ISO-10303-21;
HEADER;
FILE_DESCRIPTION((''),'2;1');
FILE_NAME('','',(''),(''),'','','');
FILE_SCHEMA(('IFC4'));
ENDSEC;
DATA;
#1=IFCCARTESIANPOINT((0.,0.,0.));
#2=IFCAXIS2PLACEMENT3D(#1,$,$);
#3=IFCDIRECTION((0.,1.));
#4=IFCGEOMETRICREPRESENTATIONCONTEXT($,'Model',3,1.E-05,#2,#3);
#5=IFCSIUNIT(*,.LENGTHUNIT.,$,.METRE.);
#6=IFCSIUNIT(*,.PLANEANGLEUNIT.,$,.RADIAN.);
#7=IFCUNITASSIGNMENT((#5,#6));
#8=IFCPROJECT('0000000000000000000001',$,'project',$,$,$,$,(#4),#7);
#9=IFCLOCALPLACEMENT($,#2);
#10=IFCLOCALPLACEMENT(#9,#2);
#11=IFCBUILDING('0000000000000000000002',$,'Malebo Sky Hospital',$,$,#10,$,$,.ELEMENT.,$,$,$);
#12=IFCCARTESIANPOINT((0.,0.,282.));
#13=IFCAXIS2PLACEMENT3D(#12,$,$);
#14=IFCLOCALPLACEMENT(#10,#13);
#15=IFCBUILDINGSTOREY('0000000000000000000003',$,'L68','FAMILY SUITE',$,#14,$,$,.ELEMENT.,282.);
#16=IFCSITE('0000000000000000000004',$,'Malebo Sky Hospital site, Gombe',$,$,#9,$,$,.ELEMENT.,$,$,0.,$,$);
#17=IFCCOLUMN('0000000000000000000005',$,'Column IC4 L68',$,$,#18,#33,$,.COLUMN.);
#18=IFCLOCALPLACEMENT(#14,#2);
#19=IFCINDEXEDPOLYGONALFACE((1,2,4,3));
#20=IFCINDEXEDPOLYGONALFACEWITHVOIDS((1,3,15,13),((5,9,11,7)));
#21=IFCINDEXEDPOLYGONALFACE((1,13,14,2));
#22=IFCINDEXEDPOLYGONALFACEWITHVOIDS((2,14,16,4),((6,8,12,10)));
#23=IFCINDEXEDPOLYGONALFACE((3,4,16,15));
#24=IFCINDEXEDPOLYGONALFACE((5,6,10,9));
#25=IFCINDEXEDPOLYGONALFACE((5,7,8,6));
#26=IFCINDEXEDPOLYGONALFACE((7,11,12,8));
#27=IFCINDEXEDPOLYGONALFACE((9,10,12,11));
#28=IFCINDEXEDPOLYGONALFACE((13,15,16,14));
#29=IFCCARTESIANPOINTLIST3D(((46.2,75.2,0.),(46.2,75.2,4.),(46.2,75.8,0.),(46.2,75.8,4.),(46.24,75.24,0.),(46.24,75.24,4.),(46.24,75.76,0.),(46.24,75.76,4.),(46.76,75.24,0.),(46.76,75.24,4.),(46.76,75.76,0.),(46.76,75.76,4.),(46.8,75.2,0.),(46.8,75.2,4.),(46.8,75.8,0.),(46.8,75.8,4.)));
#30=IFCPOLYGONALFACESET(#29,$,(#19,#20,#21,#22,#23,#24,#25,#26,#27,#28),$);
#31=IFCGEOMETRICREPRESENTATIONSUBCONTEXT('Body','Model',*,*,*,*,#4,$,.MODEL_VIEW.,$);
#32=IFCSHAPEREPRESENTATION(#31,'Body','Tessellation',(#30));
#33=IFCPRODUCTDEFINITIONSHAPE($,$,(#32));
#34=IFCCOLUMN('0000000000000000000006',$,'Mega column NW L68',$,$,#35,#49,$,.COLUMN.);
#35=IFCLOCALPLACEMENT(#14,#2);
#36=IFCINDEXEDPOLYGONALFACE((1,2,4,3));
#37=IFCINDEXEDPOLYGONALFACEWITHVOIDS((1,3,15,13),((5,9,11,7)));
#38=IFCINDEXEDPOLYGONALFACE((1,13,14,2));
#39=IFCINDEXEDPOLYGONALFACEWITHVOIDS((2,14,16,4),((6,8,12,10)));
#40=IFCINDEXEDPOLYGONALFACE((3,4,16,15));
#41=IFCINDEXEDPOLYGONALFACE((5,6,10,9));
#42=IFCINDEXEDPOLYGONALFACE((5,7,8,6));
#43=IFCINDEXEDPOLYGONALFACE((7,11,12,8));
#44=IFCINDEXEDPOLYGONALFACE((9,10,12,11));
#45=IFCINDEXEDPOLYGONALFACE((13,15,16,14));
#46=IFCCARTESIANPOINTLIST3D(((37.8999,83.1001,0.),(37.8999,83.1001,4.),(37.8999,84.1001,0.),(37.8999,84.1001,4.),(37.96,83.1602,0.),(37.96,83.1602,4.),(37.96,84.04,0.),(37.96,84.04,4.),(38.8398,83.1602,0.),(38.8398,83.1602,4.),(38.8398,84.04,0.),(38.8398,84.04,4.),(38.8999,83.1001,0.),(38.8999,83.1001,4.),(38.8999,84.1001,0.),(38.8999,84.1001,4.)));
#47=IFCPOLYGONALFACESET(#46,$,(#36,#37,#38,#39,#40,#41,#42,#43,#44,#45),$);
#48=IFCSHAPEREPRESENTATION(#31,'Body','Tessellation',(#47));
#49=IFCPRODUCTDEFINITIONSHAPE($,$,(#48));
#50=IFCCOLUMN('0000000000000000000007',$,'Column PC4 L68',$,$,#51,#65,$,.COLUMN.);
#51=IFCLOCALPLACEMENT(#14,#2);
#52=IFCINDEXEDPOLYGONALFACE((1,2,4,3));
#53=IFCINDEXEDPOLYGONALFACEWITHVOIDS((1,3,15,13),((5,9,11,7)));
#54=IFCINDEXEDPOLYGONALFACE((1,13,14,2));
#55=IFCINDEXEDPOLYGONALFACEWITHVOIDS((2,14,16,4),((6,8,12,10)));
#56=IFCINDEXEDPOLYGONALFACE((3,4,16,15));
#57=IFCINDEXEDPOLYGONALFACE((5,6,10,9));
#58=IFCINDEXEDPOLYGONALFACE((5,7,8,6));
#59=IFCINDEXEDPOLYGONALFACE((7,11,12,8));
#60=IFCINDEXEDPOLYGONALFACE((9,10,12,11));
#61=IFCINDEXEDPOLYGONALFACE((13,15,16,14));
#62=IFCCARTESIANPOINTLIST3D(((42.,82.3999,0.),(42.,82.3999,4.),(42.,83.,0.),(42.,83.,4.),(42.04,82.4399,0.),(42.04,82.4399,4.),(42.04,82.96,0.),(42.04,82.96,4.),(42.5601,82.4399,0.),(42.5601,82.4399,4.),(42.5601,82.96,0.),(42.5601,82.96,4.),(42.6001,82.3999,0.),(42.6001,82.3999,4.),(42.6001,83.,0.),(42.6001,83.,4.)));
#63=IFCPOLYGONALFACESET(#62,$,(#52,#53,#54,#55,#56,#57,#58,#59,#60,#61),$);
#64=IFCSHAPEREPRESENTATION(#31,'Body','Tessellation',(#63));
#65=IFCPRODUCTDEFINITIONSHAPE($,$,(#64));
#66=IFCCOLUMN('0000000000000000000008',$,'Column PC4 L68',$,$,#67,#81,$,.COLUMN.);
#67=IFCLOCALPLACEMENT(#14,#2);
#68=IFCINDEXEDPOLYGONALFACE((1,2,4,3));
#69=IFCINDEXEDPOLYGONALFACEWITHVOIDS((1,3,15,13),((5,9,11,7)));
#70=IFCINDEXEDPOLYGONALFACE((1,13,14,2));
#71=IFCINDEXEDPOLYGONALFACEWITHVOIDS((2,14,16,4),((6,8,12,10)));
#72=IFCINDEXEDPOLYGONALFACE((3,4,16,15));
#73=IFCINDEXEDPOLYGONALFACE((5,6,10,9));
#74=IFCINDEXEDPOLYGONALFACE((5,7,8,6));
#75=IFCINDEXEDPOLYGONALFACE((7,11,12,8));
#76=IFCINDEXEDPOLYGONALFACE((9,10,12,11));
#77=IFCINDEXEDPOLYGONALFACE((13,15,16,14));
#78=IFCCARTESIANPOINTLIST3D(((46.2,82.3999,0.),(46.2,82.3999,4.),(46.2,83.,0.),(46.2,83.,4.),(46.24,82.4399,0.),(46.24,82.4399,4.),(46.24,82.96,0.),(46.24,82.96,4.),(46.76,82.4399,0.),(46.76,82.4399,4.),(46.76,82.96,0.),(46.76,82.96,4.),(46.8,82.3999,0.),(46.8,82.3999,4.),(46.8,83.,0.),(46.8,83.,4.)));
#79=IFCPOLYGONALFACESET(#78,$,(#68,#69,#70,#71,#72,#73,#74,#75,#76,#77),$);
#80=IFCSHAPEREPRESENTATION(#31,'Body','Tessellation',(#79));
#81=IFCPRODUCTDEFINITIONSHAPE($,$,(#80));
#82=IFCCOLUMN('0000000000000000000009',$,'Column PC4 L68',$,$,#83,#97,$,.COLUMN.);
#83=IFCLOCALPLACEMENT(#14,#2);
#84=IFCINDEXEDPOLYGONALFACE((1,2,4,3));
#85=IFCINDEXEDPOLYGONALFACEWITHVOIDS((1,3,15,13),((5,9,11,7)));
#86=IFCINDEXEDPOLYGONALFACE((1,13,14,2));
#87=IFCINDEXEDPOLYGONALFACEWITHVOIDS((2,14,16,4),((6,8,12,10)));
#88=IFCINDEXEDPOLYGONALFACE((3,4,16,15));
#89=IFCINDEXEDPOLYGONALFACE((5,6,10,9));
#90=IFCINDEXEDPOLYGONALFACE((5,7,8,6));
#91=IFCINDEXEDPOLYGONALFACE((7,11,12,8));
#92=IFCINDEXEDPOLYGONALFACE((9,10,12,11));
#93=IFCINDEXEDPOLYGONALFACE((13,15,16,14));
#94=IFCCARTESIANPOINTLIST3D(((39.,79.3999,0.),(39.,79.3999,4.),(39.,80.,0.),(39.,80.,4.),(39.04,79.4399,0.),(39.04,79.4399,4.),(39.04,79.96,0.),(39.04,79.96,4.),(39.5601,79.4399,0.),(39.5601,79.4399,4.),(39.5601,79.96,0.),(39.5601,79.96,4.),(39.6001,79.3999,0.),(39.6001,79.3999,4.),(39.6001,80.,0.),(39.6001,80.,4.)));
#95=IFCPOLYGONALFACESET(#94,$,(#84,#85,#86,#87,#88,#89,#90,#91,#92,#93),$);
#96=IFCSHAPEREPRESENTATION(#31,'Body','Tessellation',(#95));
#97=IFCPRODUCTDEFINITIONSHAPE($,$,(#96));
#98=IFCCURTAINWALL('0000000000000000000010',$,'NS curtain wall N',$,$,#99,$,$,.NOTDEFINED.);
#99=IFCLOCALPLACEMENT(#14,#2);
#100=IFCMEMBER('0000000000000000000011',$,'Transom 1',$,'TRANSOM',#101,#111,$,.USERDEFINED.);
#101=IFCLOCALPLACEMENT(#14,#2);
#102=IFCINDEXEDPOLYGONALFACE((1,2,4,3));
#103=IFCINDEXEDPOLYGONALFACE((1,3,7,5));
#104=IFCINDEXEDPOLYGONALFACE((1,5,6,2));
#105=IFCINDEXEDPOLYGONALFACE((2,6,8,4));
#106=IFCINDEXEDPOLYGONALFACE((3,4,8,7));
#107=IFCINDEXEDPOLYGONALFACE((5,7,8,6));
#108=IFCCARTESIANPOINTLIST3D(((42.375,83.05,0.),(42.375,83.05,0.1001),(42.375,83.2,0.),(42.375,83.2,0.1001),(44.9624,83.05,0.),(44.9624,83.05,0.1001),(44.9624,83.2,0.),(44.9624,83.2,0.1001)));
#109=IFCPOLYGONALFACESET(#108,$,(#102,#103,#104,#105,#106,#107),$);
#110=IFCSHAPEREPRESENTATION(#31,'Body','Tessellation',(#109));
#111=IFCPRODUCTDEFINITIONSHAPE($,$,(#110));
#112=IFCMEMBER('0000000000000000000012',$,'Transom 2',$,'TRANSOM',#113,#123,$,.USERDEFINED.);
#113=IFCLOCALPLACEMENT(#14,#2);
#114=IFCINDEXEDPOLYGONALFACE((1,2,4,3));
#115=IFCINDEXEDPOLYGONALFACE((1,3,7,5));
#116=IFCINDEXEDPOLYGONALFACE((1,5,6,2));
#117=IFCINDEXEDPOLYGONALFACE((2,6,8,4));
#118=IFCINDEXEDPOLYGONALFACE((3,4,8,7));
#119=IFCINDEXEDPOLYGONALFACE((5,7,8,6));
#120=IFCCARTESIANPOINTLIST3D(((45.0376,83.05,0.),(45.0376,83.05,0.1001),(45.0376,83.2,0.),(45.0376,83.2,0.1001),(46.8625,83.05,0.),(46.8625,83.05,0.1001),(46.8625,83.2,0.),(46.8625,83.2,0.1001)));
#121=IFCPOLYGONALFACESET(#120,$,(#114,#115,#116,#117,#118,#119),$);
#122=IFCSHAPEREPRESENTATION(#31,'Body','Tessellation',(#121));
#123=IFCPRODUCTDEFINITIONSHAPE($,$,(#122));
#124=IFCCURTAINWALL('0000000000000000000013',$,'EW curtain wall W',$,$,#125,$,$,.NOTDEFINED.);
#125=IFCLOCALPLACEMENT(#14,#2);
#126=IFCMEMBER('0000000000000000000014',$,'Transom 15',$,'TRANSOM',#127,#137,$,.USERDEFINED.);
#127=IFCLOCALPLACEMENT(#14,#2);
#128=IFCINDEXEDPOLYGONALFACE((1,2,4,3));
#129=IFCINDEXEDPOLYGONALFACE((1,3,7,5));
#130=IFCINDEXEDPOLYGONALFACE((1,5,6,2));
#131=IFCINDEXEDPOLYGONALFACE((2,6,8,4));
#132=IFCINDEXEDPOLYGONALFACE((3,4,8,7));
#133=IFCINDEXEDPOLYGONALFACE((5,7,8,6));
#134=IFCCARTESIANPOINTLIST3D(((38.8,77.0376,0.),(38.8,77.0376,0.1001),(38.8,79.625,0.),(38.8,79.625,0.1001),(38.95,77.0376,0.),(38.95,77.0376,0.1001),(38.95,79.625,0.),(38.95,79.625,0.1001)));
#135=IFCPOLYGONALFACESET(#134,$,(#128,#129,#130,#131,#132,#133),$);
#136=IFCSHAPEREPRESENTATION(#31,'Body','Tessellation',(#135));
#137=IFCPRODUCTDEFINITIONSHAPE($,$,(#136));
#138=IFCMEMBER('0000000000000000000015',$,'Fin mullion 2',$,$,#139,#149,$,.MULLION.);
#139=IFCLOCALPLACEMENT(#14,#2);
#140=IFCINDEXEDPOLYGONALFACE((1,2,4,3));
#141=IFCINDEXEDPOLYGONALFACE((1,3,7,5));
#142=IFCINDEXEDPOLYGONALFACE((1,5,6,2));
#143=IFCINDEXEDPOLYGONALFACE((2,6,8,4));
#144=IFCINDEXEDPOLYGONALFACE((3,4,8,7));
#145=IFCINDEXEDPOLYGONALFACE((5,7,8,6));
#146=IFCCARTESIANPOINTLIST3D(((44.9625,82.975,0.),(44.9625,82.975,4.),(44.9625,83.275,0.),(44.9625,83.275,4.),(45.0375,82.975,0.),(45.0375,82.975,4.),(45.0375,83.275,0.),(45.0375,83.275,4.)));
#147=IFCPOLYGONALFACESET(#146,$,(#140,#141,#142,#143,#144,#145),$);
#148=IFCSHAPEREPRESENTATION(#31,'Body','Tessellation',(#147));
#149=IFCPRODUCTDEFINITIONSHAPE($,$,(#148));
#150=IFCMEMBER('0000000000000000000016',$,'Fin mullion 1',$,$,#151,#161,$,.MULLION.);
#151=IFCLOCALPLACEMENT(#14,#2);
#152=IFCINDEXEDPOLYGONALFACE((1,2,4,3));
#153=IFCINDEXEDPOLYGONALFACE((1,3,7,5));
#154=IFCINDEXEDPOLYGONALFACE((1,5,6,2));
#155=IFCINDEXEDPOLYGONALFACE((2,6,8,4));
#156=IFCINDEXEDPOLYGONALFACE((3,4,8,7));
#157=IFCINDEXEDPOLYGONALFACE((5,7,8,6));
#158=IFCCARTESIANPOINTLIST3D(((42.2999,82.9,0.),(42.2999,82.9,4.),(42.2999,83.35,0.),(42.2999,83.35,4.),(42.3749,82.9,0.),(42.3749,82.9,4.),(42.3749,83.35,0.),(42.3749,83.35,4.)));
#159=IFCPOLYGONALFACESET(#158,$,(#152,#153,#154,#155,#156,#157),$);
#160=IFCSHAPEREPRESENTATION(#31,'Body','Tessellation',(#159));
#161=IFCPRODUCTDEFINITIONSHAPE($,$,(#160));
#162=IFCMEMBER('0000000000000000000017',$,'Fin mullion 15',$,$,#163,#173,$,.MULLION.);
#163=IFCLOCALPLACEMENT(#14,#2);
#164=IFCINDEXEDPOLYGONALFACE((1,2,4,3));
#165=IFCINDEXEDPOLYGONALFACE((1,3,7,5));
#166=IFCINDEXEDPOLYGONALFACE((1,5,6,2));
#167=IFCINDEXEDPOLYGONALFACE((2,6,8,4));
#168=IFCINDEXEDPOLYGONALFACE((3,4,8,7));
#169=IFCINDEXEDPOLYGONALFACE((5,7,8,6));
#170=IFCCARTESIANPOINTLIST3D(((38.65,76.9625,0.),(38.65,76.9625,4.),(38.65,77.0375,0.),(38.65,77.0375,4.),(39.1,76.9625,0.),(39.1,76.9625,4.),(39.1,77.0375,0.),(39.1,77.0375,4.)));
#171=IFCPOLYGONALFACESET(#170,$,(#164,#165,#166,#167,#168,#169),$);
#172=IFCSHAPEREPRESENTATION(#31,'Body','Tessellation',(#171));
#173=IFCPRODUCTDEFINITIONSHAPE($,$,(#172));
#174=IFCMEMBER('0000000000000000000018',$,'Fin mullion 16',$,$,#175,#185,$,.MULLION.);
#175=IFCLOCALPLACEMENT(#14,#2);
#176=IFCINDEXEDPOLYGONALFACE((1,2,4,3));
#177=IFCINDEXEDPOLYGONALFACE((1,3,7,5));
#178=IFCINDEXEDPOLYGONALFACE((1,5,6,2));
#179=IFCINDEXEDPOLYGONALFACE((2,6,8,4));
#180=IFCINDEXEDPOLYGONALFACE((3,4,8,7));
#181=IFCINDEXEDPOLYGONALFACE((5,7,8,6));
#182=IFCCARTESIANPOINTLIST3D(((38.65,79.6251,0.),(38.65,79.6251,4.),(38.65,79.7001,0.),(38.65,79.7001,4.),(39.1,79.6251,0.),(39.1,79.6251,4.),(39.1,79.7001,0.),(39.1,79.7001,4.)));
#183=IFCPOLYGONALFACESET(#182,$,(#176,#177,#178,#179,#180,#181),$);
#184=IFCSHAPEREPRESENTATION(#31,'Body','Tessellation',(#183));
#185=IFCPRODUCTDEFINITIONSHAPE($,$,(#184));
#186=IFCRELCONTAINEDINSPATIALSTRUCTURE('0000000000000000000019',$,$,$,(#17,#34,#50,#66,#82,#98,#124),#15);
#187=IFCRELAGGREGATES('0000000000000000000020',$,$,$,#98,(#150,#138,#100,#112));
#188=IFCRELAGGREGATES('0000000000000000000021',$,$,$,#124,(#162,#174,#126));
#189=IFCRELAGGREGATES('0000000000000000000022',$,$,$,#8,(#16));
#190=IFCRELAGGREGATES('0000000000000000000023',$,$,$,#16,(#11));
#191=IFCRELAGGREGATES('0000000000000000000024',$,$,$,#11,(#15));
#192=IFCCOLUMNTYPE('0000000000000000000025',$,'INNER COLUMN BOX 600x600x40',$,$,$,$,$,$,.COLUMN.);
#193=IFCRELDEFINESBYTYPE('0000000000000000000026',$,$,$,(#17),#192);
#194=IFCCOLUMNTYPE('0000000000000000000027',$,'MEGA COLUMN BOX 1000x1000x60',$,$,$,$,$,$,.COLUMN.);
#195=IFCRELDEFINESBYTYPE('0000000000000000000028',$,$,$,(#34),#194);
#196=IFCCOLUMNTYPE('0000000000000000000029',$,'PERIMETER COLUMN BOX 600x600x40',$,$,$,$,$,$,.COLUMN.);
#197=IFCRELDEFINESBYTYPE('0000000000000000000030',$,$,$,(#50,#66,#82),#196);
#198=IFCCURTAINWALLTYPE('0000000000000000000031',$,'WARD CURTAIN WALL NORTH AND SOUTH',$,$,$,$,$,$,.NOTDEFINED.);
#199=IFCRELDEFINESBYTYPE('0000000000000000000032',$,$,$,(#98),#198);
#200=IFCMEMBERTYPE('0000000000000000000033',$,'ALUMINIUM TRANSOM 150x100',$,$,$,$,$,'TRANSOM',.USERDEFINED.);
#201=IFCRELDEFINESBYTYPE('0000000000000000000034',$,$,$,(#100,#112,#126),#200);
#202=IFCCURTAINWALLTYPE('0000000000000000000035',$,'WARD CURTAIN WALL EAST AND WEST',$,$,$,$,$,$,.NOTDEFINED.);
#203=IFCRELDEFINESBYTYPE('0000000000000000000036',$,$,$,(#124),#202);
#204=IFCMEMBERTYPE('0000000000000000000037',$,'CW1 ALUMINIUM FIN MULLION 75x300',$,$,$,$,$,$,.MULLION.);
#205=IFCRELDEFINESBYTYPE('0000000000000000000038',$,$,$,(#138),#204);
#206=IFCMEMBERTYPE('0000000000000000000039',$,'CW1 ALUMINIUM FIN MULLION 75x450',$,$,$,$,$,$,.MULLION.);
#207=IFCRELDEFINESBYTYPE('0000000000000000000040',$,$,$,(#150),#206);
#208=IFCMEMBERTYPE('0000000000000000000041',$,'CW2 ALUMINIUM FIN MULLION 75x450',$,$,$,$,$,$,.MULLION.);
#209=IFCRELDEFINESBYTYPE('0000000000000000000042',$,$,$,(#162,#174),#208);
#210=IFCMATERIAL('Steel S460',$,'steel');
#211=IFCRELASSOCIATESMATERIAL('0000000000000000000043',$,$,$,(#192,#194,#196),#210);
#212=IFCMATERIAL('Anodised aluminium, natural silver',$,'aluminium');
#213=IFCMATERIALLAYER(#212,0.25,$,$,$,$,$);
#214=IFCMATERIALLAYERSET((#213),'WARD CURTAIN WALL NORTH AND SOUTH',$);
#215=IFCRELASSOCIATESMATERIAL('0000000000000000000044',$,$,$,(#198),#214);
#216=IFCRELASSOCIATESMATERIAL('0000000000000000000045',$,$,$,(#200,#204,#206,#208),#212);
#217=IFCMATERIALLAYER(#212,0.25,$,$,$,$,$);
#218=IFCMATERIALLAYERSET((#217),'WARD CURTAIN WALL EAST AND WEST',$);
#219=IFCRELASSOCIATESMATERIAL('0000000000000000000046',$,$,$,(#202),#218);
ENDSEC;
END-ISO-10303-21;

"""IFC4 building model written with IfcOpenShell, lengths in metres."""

from ifc_helpers import new_model, si_unit, direction, frame, origin, origin_2d, place, context, subcontext, project, spatial, rectangle, hollow_rectangle, extrude, material, layer, layer_set, material_profile, profile_set, type_object, element, aggregate, save


model = new_model("IFC4")

# Units and contexts
model_context = context("Model", 3, precision=1e-05, world=origin(), true_north=direction((0.0, 1.0)))
body_context = subcontext(model_context, "Body", "Model", "MODEL_VIEW")
ifc_project = project(units=[si_unit("LENGTHUNIT", "METRE"), si_unit("PLANEANGLEUNIT", "RADIAN")], contexts=[model_context])

# Site, building, storey
site_placement = place(None, origin())
site = spatial("IfcSite", under=ifc_project, at=site_placement, Name="Malebo Sky Hospital site, Gombe", CompositionType="ELEMENT", RefElevation=0.0)
building_placement = place(site_placement, origin())
building = spatial("IfcBuilding", under=site, at=building_placement, Name="Malebo Sky Hospital", CompositionType="ELEMENT")
storey_placement = place(building_placement, frame((0.0, 0.0, 282.0)))
storey = spatial("IfcBuildingStorey", under=building, at=storey_placement, Name="L68", Description="FAMILY SUITE", CompositionType="ELEMENT", Elevation=282.0)

# Columns
ifc_material_1 = material(Name="Steel S460", Category="steel")
ifc_material_profile_1 = material_profile(ifc_material_1, hollow_rectangle(XDim=0.6001, YDim=0.6001, WallThickness=0.04, at=origin_2d()), Name="BOX 600x600x40")
ifc_profile_set_1 = profile_set([ifc_material_profile_1], Name="Steel S460")
column_type_1 = type_object("IfcColumnType", Name="INNER COLUMN BOX 600x600x40", PredefinedType="COLUMN", material=ifc_profile_set_1)
column_1_placement = place(storey_placement, frame((46.5, 75.5, 0.0), z_axis=(0.0, 0.0, 1.0), x_axis=(1.0, 0.0, 0.0)))
element("IfcColumn", 1, at=column_1_placement, inside=storey, type_object=column_type_1, Name="Column IC4 L68", PredefinedType="COLUMN", context=body_context, shape_type="SweptSolid", body=[
    extrude(hollow_rectangle(XDim=0.6001, YDim=0.6001, WallThickness=0.04, at=origin_2d()), origin(), (0.0, 0.0, 1.0), 4.0),
])
ifc_material_profile_2 = material_profile(ifc_material_1, hollow_rectangle(XDim=1.0, YDim=1.0, WallThickness=0.0601, at=origin_2d()), Name="BOX 1000x1000x60")
ifc_profile_set_2 = profile_set([ifc_material_profile_2], Name="Steel S460")
column_type_2 = type_object("IfcColumnType", Name="MEGA COLUMN BOX 1000x1000x60", PredefinedType="COLUMN", material=ifc_profile_set_2)
column_2_placement = place(storey_placement, frame((38.3999, 83.6001, 0.0), z_axis=(0.0, 0.0, 1.0), x_axis=(1.0, 0.0, 0.0)))
element("IfcColumn", 2, at=column_2_placement, inside=storey, type_object=column_type_2, Name="Mega column NW L68", PredefinedType="COLUMN", context=body_context, shape_type="SweptSolid", body=[
    extrude(hollow_rectangle(XDim=1.0, YDim=1.0, WallThickness=0.0601, at=origin_2d()), origin(), (0.0, 0.0, 1.0), 4.0),
])
ifc_material_profile_3 = material_profile(ifc_material_1, hollow_rectangle(XDim=0.6001, YDim=0.6001, WallThickness=0.04, at=origin_2d()), Name="BOX 600x600x40")
ifc_profile_set_3 = profile_set([ifc_material_profile_3], Name="Steel S460")
column_type_3 = type_object("IfcColumnType", Name="PERIMETER COLUMN BOX 600x600x40", PredefinedType="COLUMN", material=ifc_profile_set_3)
for number, where, z_axis, x_axis, name in (
    (3, (42.3, 82.7, 0.0), (0.0, 0.0, 1.0), (1.0, 0.0, 0.0), "Column PC4 L68"),
    (4, (46.5, 82.7, 0.0), (0.0, 0.0, 1.0), (1.0, 0.0, 0.0), "Column PC4 L68"),
    (5, (39.3, 79.7, 0.0), (0.0, 0.0, 1.0), (1.0, 0.0, 0.0), "Column PC4 L68"),
):
    element("IfcColumn", number, at=place(storey_placement, frame(where, z_axis=z_axis, x_axis=x_axis)), inside=storey, type_object=column_type_3, Name=name, PredefinedType="COLUMN", context=body_context, shape_type="SweptSolid", body=[
        extrude(hollow_rectangle(XDim=0.6001, YDim=0.6001, WallThickness=0.04, at=origin_2d()), origin(), (0.0, 0.0, 1.0), 4.0),
    ])

# Curtain wall, members
ifc_material_2 = material(Name="Anodised aluminium, natural silver", Category="aluminium")
ifc_layer_1 = layer(ifc_material_2, 0.25)
ifc_layer_set_1 = layer_set([ifc_layer_1], Name="WARD CURTAIN WALL NORTH AND SOUTH")
curtain_wall_type_1 = type_object("IfcCurtainWallType", Name="WARD CURTAIN WALL NORTH AND SOUTH", PredefinedType="NOTDEFINED", material=ifc_layer_set_1)
curtain_wall_1_placement = place(storey_placement, origin())
curtain_wall_1 = element("IfcCurtainWall", 6, at=curtain_wall_1_placement, inside=storey, type_object=curtain_wall_type_1, Name="NS curtain wall N", PredefinedType="NOTDEFINED")
ifc_material_profile_4 = material_profile(ifc_material_2, rectangle(XDim=0.1499, YDim=0.1001, at=origin_2d()), Name="ALUMINIUM TRANSOM 150x100")
ifc_profile_set_4 = profile_set([ifc_material_profile_4], Name="Anodised aluminium, natural silver")
member_type_1 = type_object("IfcMemberType", Name="ALUMINIUM TRANSOM 150x100", ElementType="TRANSOM", PredefinedType="USERDEFINED", material=ifc_profile_set_4)
member_1_placement = place(storey_placement, frame((42.375, 83.125, 0.05), z_axis=(1.0, 0.0, 0.0), x_axis=(0.0, 1.0, 0.0)))
member_1 = element("IfcMember", 7, at=member_1_placement, type_object=member_type_1, Name="Transom 1", ObjectType="TRANSOM", PredefinedType="USERDEFINED", context=body_context, shape_type="SweptSolid", body=[
    extrude(rectangle(XDim=0.1499, YDim=0.1001, at=origin_2d()), origin(), (0.0, 0.0, 1.0), 2.5874),
])
member_2_placement = place(storey_placement, frame((45.0376, 83.125, 0.05), z_axis=(1.0, 0.0, 0.0), x_axis=(0.0, 1.0, 0.0)))
member_2 = element("IfcMember", 8, at=member_2_placement, type_object=member_type_1, Name="Transom 2", ObjectType="TRANSOM", PredefinedType="USERDEFINED", context=body_context, shape_type="SweptSolid", body=[
    extrude(rectangle(XDim=0.1499, YDim=0.1001, at=origin_2d()), origin(), (0.0, 0.0, 1.0), 1.825),
])

# Curtain wall, member
ifc_layer_2 = layer(ifc_material_2, 0.25)
ifc_layer_set_2 = layer_set([ifc_layer_2], Name="WARD CURTAIN WALL EAST AND WEST")
curtain_wall_type_2 = type_object("IfcCurtainWallType", Name="WARD CURTAIN WALL EAST AND WEST", PredefinedType="NOTDEFINED", material=ifc_layer_set_2)
curtain_wall_2_placement = place(storey_placement, origin())
curtain_wall_2 = element("IfcCurtainWall", 9, at=curtain_wall_2_placement, inside=storey, type_object=curtain_wall_type_2, Name="EW curtain wall W", PredefinedType="NOTDEFINED")
member_3_placement = place(storey_placement, frame((38.875, 77.0376, 0.05), z_axis=(0.0, 1.0, 0.0), x_axis=(-1.0, 0.0, 0.0)))
member_3 = element("IfcMember", 10, at=member_3_placement, type_object=member_type_1, Name="Transom 15", ObjectType="TRANSOM", PredefinedType="USERDEFINED", context=body_context, shape_type="SweptSolid", body=[
    extrude(rectangle(XDim=0.1499, YDim=0.1001, at=origin_2d()), origin(), (0.0, 0.0, 1.0), 2.5874),
])

# Members
ifc_material_profile_5 = material_profile(ifc_material_2, rectangle(XDim=0.075, YDim=0.3, at=origin_2d()), Name="CW1 ALUMINIUM FIN MULLION 75x300")
ifc_profile_set_5 = profile_set([ifc_material_profile_5], Name="Anodised aluminium, natural silver")
member_type_2 = type_object("IfcMemberType", Name="CW1 ALUMINIUM FIN MULLION 75x300", PredefinedType="MULLION", material=ifc_profile_set_5)
member_4_placement = place(storey_placement, frame((45.0, 83.125, 0.0), z_axis=(0.0, 0.0, 1.0), x_axis=(1.0, 0.0, 0.0)))
member_4 = element("IfcMember", 11, at=member_4_placement, type_object=member_type_2, Name="Fin mullion 2", PredefinedType="MULLION", context=body_context, shape_type="SweptSolid", body=[
    extrude(rectangle(XDim=0.075, YDim=0.3, at=origin_2d()), origin(), (0.0, 0.0, 1.0), 4.0),
])
ifc_material_profile_6 = material_profile(ifc_material_2, rectangle(XDim=0.075, YDim=0.45, at=origin_2d()), Name="CW1 ALUMINIUM FIN MULLION 75x450")
ifc_profile_set_6 = profile_set([ifc_material_profile_6], Name="Anodised aluminium, natural silver")
member_type_3 = type_object("IfcMemberType", Name="CW1 ALUMINIUM FIN MULLION 75x450", PredefinedType="MULLION", material=ifc_profile_set_6)
member_5_placement = place(storey_placement, frame((42.3374, 83.125, 0.0), z_axis=(0.0, 0.0, 1.0), x_axis=(1.0, 0.0, 0.0)))
member_5 = element("IfcMember", 12, at=member_5_placement, type_object=member_type_3, Name="Fin mullion 1", PredefinedType="MULLION", context=body_context, shape_type="SweptSolid", body=[
    extrude(rectangle(XDim=0.075, YDim=0.45, at=origin_2d()), origin(), (0.0, 0.0, 1.0), 4.0),
])
ifc_material_profile_7 = material_profile(ifc_material_2, rectangle(XDim=0.075, YDim=0.45, at=origin_2d()), Name="CW2 ALUMINIUM FIN MULLION 75x450")
ifc_profile_set_7 = profile_set([ifc_material_profile_7], Name="Anodised aluminium, natural silver")
member_type_4 = type_object("IfcMemberType", Name="CW2 ALUMINIUM FIN MULLION 75x450", PredefinedType="MULLION", material=ifc_profile_set_7)
member_6_placement = place(storey_placement, frame((38.875, 77.0, 0.0), z_axis=(0.0, 0.0, 1.0), x_axis=(0.0, 1.0, 0.0)))
member_6 = element("IfcMember", 13, at=member_6_placement, type_object=member_type_4, Name="Fin mullion 15", PredefinedType="MULLION", context=body_context, shape_type="SweptSolid", body=[
    extrude(rectangle(XDim=0.075, YDim=0.45, at=origin_2d()), origin(), (0.0, 0.0, 1.0), 4.0),
])
member_7_placement = place(storey_placement, frame((38.875, 79.6626, 0.0), z_axis=(0.0, 0.0, 1.0), x_axis=(0.0, 1.0, 0.0)))
member_7 = element("IfcMember", 14, at=member_7_placement, type_object=member_type_4, Name="Fin mullion 16", PredefinedType="MULLION", context=body_context, shape_type="SweptSolid", body=[
    extrude(rectangle(XDim=0.075, YDim=0.45, at=origin_2d()), origin(), (0.0, 0.0, 1.0), 4.0),
])

aggregate(curtain_wall_1, [member_5, member_4, member_1, member_2])
aggregate(curtain_wall_2, [member_6, member_7, member_3])

save(model, "model.ifc")
